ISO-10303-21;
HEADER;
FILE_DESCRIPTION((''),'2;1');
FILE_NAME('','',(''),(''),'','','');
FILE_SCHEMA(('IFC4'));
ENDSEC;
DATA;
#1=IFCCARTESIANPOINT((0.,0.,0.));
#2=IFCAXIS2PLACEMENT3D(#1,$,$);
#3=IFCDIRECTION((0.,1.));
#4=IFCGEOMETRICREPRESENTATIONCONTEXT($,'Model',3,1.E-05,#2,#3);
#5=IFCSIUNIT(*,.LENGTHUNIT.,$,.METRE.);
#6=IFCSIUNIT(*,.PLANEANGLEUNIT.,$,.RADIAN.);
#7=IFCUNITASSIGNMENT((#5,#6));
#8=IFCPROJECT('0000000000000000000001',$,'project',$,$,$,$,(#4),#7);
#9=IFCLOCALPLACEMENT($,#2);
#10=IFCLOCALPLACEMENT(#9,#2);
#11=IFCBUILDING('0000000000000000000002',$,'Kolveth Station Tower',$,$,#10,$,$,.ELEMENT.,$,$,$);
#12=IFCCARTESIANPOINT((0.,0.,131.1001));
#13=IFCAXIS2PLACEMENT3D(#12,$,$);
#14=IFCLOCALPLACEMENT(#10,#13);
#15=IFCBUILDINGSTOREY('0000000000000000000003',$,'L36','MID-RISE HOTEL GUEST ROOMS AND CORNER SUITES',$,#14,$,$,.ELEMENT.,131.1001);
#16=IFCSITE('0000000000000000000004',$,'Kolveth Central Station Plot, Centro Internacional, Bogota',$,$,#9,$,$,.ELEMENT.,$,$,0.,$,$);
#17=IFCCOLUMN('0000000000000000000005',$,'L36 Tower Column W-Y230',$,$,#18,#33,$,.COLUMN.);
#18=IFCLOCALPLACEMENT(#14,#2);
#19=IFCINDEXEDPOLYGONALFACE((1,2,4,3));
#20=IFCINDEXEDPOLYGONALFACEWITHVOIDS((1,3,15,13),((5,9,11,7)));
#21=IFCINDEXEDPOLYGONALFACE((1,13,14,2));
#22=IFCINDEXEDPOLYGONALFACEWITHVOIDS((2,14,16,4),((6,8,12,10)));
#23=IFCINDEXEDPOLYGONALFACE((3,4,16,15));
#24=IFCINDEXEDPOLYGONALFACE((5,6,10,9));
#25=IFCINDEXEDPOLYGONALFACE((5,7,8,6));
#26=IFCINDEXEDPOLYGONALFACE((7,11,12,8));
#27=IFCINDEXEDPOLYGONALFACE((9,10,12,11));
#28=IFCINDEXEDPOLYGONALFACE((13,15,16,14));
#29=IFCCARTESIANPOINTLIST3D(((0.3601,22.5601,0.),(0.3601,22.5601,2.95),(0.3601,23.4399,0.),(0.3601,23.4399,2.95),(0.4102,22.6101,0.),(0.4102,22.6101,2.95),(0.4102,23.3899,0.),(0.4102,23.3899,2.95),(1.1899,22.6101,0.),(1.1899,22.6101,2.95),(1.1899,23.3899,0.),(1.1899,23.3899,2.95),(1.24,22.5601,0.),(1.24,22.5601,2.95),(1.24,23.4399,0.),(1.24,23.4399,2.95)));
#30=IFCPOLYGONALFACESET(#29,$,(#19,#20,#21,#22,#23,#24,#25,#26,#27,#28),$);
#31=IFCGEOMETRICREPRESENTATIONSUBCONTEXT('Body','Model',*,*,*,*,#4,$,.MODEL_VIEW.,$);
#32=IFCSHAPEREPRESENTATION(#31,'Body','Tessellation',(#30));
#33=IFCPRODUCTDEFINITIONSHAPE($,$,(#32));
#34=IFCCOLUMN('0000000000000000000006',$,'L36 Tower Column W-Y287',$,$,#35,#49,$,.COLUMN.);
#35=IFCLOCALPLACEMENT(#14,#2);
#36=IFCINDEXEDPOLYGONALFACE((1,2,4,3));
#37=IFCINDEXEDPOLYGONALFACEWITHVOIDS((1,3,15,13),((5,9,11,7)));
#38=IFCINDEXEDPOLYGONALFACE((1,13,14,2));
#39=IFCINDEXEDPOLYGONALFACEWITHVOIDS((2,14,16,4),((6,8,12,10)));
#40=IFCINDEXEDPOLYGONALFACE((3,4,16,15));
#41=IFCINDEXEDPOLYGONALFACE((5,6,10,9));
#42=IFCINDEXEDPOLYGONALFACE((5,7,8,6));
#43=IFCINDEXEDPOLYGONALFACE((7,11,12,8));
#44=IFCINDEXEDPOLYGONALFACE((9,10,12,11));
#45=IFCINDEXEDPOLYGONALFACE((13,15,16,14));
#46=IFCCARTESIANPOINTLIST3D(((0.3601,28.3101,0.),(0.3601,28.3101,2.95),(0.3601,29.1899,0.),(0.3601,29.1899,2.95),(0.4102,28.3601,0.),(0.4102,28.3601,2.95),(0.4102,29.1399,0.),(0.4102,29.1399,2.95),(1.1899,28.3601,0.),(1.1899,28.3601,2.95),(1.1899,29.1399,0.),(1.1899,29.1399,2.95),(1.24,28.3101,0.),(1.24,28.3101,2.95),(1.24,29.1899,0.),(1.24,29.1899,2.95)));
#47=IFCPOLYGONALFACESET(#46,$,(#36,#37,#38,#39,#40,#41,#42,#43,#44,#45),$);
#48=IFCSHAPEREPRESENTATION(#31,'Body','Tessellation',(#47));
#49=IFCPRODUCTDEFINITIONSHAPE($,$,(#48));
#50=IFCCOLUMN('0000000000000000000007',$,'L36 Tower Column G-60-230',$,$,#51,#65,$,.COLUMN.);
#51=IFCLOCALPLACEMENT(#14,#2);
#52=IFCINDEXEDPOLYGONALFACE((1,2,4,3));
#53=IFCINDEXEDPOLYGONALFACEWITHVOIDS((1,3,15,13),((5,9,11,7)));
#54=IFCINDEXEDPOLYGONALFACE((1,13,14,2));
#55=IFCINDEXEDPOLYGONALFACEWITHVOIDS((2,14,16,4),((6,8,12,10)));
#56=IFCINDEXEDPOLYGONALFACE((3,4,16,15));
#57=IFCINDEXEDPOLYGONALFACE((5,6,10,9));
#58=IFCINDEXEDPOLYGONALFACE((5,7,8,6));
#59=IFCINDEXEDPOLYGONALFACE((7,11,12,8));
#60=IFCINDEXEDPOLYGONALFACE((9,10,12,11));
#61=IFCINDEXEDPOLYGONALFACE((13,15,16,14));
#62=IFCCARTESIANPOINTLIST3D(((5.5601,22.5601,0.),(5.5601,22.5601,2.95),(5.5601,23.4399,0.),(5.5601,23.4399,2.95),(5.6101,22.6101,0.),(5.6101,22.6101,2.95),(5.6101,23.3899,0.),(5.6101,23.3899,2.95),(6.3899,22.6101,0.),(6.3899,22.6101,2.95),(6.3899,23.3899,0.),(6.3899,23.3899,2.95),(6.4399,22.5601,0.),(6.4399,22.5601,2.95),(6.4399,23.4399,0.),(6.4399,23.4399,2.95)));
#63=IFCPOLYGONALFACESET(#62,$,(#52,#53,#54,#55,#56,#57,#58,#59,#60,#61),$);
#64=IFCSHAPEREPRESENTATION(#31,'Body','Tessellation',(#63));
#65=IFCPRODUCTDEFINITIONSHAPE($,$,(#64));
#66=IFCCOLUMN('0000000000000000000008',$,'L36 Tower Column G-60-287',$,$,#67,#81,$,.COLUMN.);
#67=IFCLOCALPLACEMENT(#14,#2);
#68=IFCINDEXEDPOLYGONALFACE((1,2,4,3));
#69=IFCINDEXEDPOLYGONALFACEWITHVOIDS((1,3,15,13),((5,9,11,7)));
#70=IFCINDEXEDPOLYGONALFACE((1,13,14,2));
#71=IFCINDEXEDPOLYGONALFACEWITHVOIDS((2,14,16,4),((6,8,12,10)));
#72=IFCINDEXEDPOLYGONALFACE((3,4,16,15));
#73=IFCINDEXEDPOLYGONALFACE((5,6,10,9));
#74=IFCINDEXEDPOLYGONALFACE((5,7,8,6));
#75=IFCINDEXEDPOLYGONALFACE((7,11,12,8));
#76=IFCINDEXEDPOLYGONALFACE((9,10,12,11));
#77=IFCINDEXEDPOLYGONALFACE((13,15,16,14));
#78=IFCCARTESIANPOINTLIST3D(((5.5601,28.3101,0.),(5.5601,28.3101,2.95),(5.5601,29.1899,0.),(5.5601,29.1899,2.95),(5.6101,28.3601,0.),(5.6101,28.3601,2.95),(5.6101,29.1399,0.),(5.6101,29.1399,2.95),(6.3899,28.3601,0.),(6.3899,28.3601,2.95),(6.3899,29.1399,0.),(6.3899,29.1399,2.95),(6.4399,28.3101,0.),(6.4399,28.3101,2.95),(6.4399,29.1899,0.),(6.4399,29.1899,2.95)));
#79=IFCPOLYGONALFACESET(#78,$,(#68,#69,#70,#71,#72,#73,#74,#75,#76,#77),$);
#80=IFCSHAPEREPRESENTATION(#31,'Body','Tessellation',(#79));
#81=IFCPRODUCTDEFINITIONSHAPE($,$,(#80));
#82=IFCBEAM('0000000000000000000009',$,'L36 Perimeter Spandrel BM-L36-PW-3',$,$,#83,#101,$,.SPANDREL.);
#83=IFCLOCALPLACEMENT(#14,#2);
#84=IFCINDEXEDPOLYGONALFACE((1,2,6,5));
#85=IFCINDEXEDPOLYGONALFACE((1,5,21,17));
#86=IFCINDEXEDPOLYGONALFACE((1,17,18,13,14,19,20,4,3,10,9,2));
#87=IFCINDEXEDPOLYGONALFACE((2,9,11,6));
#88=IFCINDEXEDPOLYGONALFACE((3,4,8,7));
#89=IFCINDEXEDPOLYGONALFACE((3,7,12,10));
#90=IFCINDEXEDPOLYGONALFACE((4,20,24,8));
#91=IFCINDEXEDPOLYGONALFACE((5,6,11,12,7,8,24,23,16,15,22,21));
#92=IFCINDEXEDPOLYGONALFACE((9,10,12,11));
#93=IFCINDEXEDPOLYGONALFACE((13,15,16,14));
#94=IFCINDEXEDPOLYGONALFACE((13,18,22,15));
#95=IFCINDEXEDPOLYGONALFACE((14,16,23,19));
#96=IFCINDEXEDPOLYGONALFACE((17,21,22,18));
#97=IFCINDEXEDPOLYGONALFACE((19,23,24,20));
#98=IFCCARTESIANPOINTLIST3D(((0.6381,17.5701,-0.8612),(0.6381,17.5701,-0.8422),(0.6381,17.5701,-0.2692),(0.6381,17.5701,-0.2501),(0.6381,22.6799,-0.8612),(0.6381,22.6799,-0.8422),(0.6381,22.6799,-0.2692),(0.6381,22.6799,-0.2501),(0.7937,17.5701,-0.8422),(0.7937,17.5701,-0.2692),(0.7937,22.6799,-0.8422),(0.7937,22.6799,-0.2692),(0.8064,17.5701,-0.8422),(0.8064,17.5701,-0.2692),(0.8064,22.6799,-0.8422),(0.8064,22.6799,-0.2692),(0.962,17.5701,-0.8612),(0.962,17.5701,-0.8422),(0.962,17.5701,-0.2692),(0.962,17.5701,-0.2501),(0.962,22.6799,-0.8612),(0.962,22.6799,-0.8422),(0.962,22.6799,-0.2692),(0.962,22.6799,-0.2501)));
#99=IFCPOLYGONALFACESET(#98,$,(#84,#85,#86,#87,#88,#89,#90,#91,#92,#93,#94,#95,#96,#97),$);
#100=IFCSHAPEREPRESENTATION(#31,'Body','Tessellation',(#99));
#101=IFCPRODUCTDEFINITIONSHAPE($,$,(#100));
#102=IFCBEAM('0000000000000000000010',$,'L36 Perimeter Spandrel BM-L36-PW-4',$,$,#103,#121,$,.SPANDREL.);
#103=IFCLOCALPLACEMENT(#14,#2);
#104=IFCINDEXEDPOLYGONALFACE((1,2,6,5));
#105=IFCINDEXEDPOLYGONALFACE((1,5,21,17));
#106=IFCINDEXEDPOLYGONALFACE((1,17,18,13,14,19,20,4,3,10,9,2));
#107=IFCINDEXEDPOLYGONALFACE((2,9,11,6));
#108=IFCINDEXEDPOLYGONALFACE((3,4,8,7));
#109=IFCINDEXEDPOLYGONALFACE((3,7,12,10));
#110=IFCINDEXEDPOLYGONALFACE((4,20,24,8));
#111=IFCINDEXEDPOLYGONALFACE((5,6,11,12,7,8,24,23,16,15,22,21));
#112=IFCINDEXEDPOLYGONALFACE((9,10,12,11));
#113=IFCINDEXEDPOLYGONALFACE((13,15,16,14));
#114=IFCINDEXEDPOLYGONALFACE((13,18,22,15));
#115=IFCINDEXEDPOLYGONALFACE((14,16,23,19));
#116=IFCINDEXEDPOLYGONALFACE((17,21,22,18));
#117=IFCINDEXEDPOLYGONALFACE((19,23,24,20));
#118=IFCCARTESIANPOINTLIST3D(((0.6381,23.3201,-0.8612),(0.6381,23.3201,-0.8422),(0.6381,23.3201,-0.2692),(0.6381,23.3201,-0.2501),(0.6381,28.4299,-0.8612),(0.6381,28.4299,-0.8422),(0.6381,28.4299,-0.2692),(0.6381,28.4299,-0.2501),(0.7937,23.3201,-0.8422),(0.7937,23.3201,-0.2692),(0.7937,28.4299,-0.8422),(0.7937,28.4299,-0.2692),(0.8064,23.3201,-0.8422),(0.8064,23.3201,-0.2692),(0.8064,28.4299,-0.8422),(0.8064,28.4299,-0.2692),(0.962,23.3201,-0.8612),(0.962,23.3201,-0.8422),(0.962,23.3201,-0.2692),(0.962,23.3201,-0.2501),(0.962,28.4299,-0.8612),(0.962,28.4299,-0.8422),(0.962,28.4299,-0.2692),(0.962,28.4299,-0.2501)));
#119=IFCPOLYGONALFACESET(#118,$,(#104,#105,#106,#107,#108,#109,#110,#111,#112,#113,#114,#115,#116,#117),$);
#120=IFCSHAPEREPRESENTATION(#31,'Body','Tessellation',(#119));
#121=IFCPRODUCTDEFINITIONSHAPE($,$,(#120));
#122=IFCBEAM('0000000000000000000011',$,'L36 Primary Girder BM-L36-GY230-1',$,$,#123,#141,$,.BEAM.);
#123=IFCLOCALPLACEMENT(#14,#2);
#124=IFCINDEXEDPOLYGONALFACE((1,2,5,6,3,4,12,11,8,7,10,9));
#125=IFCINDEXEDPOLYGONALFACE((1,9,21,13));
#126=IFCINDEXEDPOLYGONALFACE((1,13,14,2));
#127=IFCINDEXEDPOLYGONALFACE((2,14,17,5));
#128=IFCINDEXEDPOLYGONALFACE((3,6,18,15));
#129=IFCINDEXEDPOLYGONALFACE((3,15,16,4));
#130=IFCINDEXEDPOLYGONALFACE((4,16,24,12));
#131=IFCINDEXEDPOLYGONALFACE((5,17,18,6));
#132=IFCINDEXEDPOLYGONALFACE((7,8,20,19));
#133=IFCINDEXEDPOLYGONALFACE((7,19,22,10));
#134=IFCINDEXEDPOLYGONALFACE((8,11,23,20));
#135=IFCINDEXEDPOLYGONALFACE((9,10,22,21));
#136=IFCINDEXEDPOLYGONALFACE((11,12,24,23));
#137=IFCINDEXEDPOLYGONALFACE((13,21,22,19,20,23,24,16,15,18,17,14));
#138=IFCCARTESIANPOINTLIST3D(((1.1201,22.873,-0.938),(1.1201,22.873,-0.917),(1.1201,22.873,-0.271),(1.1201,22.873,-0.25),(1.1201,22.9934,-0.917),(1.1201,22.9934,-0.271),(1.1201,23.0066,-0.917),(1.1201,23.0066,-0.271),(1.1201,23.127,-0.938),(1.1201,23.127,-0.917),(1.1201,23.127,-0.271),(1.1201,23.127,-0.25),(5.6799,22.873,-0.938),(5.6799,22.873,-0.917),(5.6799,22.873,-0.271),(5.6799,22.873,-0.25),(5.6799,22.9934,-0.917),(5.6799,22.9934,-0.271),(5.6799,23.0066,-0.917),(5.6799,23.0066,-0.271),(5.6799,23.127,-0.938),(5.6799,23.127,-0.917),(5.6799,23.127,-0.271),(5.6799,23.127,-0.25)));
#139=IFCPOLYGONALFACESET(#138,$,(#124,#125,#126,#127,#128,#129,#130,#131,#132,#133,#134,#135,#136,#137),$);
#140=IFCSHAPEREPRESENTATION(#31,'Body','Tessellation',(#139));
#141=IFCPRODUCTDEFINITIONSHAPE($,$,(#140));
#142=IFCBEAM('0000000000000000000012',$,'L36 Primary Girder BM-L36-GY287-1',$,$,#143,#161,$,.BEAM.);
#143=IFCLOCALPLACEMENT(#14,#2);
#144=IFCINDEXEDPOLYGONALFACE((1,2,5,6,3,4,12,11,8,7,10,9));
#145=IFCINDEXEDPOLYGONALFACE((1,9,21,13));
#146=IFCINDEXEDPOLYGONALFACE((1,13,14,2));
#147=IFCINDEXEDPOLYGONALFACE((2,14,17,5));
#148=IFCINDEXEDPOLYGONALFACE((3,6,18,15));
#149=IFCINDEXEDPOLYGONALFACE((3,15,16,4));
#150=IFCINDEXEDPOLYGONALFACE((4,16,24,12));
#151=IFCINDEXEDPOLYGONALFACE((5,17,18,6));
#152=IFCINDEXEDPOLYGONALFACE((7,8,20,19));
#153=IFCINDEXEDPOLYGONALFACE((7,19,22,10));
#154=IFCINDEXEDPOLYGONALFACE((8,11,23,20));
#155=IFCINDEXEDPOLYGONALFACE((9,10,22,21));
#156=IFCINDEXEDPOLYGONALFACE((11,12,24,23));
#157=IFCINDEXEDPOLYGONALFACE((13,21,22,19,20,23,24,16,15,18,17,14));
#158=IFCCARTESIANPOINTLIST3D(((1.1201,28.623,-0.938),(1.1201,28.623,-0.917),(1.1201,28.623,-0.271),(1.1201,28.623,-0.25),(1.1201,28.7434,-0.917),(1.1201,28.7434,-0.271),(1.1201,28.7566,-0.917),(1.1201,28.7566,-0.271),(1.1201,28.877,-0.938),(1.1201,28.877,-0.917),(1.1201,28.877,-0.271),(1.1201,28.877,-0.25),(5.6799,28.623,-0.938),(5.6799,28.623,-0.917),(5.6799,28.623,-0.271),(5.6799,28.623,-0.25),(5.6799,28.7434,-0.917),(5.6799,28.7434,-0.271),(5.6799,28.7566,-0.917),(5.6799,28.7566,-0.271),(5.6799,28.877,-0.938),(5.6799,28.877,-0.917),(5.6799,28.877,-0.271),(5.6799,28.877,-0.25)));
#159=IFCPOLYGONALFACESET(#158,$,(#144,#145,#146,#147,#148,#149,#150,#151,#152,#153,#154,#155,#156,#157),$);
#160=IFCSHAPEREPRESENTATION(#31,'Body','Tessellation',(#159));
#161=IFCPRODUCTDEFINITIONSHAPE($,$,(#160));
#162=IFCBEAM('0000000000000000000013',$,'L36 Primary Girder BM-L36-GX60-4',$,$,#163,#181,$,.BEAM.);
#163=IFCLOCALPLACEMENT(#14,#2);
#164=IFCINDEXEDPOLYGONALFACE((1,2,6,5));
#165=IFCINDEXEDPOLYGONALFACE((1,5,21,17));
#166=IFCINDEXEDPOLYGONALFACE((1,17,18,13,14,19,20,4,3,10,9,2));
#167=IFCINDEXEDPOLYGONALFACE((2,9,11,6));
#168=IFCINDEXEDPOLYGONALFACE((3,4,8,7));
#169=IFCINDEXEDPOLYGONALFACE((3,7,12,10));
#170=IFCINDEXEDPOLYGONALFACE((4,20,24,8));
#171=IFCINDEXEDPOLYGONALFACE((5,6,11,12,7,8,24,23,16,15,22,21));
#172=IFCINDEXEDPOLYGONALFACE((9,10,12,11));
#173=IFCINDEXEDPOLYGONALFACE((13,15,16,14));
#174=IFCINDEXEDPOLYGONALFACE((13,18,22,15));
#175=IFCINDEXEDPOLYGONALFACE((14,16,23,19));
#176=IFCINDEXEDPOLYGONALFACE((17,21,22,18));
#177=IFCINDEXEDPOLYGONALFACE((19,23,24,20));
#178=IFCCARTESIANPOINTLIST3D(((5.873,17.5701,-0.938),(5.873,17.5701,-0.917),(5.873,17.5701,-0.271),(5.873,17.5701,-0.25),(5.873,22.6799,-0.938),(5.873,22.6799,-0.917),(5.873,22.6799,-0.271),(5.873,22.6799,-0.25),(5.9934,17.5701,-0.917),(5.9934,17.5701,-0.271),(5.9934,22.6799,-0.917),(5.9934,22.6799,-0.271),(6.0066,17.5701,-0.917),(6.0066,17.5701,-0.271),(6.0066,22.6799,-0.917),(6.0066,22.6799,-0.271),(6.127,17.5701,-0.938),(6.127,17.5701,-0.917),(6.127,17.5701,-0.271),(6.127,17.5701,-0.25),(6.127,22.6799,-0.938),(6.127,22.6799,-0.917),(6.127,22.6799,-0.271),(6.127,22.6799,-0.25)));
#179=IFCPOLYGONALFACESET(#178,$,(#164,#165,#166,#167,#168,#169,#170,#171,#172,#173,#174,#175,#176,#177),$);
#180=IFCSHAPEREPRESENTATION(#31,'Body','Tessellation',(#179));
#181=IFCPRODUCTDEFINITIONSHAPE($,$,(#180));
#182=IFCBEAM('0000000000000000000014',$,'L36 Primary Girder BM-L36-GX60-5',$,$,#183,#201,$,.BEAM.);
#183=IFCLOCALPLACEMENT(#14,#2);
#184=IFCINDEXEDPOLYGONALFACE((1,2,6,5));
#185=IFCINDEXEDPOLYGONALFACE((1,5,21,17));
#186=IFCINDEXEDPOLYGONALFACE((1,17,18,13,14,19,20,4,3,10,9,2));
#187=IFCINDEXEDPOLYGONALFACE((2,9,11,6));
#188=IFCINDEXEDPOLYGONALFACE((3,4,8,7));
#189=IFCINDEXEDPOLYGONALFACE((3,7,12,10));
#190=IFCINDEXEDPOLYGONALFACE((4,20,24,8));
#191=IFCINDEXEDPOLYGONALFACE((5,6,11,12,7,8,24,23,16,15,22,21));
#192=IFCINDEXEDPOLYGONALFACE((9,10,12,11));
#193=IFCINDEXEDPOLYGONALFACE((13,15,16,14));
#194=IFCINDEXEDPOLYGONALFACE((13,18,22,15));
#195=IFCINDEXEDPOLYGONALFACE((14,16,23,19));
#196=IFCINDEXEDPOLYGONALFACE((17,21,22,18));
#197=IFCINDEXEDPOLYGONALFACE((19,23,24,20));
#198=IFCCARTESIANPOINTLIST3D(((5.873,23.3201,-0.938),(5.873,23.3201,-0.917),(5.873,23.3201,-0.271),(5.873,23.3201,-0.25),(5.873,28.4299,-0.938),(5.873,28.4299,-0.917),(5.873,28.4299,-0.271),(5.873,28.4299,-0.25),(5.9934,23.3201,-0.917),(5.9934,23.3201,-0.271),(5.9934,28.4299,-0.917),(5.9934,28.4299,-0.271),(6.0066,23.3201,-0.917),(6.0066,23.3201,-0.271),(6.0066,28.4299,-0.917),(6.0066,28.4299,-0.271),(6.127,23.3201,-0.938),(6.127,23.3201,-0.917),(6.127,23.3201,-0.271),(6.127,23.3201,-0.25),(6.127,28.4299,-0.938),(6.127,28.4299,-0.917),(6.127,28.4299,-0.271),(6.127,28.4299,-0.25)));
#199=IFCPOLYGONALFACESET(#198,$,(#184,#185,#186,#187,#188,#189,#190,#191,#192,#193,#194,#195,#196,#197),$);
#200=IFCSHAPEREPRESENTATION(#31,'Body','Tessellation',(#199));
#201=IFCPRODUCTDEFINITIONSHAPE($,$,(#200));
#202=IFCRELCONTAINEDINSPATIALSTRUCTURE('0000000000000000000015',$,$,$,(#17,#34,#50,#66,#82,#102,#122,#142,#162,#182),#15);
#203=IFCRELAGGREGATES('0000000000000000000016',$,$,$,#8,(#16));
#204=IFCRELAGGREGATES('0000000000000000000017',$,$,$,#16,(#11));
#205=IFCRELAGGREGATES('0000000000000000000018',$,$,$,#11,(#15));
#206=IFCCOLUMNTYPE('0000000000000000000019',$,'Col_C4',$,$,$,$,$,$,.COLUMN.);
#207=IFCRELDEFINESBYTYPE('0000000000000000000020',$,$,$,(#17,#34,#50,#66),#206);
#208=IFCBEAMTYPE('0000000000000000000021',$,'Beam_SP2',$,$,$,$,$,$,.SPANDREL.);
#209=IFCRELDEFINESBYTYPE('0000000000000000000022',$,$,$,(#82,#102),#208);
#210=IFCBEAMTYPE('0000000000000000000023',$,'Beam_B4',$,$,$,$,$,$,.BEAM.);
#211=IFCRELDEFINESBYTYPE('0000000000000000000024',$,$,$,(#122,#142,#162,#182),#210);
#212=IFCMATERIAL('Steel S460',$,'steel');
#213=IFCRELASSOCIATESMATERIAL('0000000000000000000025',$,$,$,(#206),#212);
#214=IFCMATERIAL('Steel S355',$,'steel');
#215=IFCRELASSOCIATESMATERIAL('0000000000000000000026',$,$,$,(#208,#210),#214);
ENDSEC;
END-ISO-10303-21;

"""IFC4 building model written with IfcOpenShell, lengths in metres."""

from ifc_helpers import new_model, si_unit, direction, frame, origin, origin_2d, place, context, subcontext, project, spatial, hollow_rectangle, i_section, extrude, source, transform, mapped, material, material_profile, profile_set, type_object, element, save


model = new_model("IFC4")

# Units and contexts
model_context = context("Model", 3, precision=1e-05, world=origin(), true_north=direction((0.0, 1.0)))
body_context = subcontext(model_context, "Body", "Model", "MODEL_VIEW")
ifc_project = project(units=[si_unit("LENGTHUNIT", "METRE"), si_unit("PLANEANGLEUNIT", "RADIAN")], contexts=[model_context])

# Site, building, storey
site_placement = place(None, origin())
site = spatial("IfcSite", under=ifc_project, at=site_placement, Name="Kolveth Central Station Plot, Centro Internacional, Bogota", CompositionType="ELEMENT", RefElevation=0.0)
building_placement = place(site_placement, origin())
building = spatial("IfcBuilding", under=site, at=building_placement, Name="Kolveth Station Tower", CompositionType="ELEMENT")
storey_placement = place(building_placement, frame((0.0, 0.0, 131.1001)))
storey = spatial("IfcBuildingStorey", under=building, at=storey_placement, Name="L36", Description="MID-RISE HOTEL GUEST ROOMS AND CORNER SUITES", CompositionType="ELEMENT", Elevation=131.1001)

# Columns
ifc_material_1 = material(Name="Steel S460", Category="steel")
ifc_material_profile_1 = material_profile(ifc_material_1, hollow_rectangle(XDim=0.8799, YDim=0.8799, WallThickness=0.05, at=origin_2d()), Name="BOX880x880x50")
ifc_profile_set_1 = profile_set([ifc_material_profile_1], Name="Steel S460")
column_type = type_object("IfcColumnType", Name="Col_C4", PredefinedType="COLUMN", material=ifc_profile_set_1)
shared_shape_1 = source(origin(), body_context, "Body", "SweptSolid", [
    extrude(hollow_rectangle(XDim=0.8799, YDim=0.8799, WallThickness=0.05, at=origin_2d()), origin(), (0.0, 0.0, 1.0), 2.95),
])
for number, where, z_axis, x_axis, name in (
    (1, (0.8, 23.0, 0.0), (0.0, 0.0, 1.0), (1.0, 0.0, 0.0), "L36 Tower Column W-Y230"),
    (2, (0.8, 28.75, 0.0), (0.0, 0.0, 1.0), (1.0, 0.0, 0.0), "L36 Tower Column W-Y287"),
    (3, (6.0, 23.0, 0.0), (0.0, 0.0, 1.0), (1.0, 0.0, 0.0), "L36 Tower Column G-60-230"),
    (4, (6.0, 28.75, 0.0), (0.0, 0.0, 1.0), (1.0, 0.0, 0.0), "L36 Tower Column G-60-287"),
):
    element("IfcColumn", number, at=place(storey_placement, frame(where, z_axis=z_axis, x_axis=x_axis)), inside=storey, type_object=column_type, Name=name, PredefinedType="COLUMN", context=body_context, shape_type="MappedRepresentation", body=[
        mapped(shared_shape_1, transform((0.0, 0.0, 0.0), x_axis=(1.0, 0.0, 0.0), y_axis=(0.0, 1.0, 0.0), z_axis=(0.0, 0.0, 1.0), scale=1.0)),
    ])

# Beams
ifc_material_2 = material(Name="Steel S355", Category="steel")
ifc_material_profile_2 = material_profile(ifc_material_2, i_section(OverallWidth=0.324, OverallDepth=0.6111, WebThickness=0.0127, FlangeThickness=0.019, at=origin_2d()), Name="W610x155")
ifc_profile_set_2 = profile_set([ifc_material_profile_2], Name="Steel S355")
beam_type_1 = type_object("IfcBeamType", Name="Beam_SP2", PredefinedType="SPANDREL", material=ifc_profile_set_2)
shared_shape_2 = source(origin(), body_context, "Body", "SweptSolid", [
    extrude(i_section(OverallWidth=0.324, OverallDepth=0.6111, WebThickness=0.0127, FlangeThickness=0.019, at=origin_2d()), origin(), (0.0, 0.0, 1.0), 5.1099),
])
for number, where, z_axis, x_axis, name in (
    (5, (0.8, 17.5701, -0.5557), (0.0, 1.0, 0.0), (-1.0, 0.0, 0.0), "L36 Perimeter Spandrel BM-L36-PW-3"),
    (6, (0.8, 23.3201, -0.5557), (0.0, 1.0, 0.0), (-1.0, 0.0, 0.0), "L36 Perimeter Spandrel BM-L36-PW-4"),
):
    element("IfcBeam", number, at=place(storey_placement, frame(where, z_axis=z_axis, x_axis=x_axis)), inside=storey, type_object=beam_type_1, Name=name, PredefinedType="SPANDREL", context=body_context, shape_type="MappedRepresentation", body=[
        mapped(shared_shape_2, transform((0.0, 0.0, 0.0), x_axis=(1.0, 0.0, 0.0), y_axis=(0.0, 1.0, 0.0), z_axis=(0.0, 0.0, 1.0), scale=1.0)),
    ])
ifc_material_profile_3 = material_profile(ifc_material_2, i_section(OverallWidth=0.2539, OverallDepth=0.688, WebThickness=0.0132, FlangeThickness=0.021, at=origin_2d()), Name="W690x152")
ifc_profile_set_3 = profile_set([ifc_material_profile_3], Name="Steel S355")
beam_type_2 = type_object("IfcBeamType", Name="Beam_B4", PredefinedType="BEAM", material=ifc_profile_set_3)
shared_shape_3 = source(origin(), body_context, "Body", "SweptSolid", [
    extrude(i_section(OverallWidth=0.2539, OverallDepth=0.688, WebThickness=0.0132, FlangeThickness=0.021, at=origin_2d()), origin(), (0.0, 0.0, 1.0), 4.5598),
])
for number, where, z_axis, x_axis, name in (
    (7, (1.1201, 23.0, -0.594), (1.0, 0.0, 0.0), (0.0, 1.0, 0.0), "L36 Primary Girder BM-L36-GY230-1"),
    (8, (1.1201, 28.75, -0.594), (1.0, 0.0, 0.0), (0.0, 1.0, 0.0), "L36 Primary Girder BM-L36-GY287-1"),
):
    element("IfcBeam", number, at=place(storey_placement, frame(where, z_axis=z_axis, x_axis=x_axis)), inside=storey, type_object=beam_type_2, Name=name, PredefinedType="BEAM", context=body_context, shape_type="MappedRepresentation", body=[
        mapped(shared_shape_3, transform((0.0, 0.0, 0.0), x_axis=(1.0, 0.0, 0.0), y_axis=(0.0, 1.0, 0.0), z_axis=(0.0, 0.0, 1.0), scale=1.0)),
    ])
shared_shape_4 = source(origin(), body_context, "Body", "SweptSolid", [
    extrude(i_section(OverallWidth=0.2539, OverallDepth=0.688, WebThickness=0.0132, FlangeThickness=0.021, at=origin_2d()), origin(), (0.0, 0.0, 1.0), 5.1099),
])
for number, where, z_axis, x_axis, name in (
    (9, (6.0, 17.5701, -0.594), (0.0, 1.0, 0.0), (-1.0, 0.0, 0.0), "L36 Primary Girder BM-L36-GX60-4"),
    (10, (6.0, 23.3201, -0.594), (0.0, 1.0, 0.0), (-1.0, 0.0, 0.0), "L36 Primary Girder BM-L36-GX60-5"),
):
    element("IfcBeam", number, at=place(storey_placement, frame(where, z_axis=z_axis, x_axis=x_axis)), inside=storey, type_object=beam_type_2, Name=name, PredefinedType="BEAM", context=body_context, shape_type="MappedRepresentation", body=[
        mapped(shared_shape_4, transform((0.0, 0.0, 0.0), x_axis=(1.0, 0.0, 0.0), y_axis=(0.0, 1.0, 0.0), z_axis=(0.0, 0.0, 1.0), scale=1.0)),
    ])

save(model, "model.ifc")
